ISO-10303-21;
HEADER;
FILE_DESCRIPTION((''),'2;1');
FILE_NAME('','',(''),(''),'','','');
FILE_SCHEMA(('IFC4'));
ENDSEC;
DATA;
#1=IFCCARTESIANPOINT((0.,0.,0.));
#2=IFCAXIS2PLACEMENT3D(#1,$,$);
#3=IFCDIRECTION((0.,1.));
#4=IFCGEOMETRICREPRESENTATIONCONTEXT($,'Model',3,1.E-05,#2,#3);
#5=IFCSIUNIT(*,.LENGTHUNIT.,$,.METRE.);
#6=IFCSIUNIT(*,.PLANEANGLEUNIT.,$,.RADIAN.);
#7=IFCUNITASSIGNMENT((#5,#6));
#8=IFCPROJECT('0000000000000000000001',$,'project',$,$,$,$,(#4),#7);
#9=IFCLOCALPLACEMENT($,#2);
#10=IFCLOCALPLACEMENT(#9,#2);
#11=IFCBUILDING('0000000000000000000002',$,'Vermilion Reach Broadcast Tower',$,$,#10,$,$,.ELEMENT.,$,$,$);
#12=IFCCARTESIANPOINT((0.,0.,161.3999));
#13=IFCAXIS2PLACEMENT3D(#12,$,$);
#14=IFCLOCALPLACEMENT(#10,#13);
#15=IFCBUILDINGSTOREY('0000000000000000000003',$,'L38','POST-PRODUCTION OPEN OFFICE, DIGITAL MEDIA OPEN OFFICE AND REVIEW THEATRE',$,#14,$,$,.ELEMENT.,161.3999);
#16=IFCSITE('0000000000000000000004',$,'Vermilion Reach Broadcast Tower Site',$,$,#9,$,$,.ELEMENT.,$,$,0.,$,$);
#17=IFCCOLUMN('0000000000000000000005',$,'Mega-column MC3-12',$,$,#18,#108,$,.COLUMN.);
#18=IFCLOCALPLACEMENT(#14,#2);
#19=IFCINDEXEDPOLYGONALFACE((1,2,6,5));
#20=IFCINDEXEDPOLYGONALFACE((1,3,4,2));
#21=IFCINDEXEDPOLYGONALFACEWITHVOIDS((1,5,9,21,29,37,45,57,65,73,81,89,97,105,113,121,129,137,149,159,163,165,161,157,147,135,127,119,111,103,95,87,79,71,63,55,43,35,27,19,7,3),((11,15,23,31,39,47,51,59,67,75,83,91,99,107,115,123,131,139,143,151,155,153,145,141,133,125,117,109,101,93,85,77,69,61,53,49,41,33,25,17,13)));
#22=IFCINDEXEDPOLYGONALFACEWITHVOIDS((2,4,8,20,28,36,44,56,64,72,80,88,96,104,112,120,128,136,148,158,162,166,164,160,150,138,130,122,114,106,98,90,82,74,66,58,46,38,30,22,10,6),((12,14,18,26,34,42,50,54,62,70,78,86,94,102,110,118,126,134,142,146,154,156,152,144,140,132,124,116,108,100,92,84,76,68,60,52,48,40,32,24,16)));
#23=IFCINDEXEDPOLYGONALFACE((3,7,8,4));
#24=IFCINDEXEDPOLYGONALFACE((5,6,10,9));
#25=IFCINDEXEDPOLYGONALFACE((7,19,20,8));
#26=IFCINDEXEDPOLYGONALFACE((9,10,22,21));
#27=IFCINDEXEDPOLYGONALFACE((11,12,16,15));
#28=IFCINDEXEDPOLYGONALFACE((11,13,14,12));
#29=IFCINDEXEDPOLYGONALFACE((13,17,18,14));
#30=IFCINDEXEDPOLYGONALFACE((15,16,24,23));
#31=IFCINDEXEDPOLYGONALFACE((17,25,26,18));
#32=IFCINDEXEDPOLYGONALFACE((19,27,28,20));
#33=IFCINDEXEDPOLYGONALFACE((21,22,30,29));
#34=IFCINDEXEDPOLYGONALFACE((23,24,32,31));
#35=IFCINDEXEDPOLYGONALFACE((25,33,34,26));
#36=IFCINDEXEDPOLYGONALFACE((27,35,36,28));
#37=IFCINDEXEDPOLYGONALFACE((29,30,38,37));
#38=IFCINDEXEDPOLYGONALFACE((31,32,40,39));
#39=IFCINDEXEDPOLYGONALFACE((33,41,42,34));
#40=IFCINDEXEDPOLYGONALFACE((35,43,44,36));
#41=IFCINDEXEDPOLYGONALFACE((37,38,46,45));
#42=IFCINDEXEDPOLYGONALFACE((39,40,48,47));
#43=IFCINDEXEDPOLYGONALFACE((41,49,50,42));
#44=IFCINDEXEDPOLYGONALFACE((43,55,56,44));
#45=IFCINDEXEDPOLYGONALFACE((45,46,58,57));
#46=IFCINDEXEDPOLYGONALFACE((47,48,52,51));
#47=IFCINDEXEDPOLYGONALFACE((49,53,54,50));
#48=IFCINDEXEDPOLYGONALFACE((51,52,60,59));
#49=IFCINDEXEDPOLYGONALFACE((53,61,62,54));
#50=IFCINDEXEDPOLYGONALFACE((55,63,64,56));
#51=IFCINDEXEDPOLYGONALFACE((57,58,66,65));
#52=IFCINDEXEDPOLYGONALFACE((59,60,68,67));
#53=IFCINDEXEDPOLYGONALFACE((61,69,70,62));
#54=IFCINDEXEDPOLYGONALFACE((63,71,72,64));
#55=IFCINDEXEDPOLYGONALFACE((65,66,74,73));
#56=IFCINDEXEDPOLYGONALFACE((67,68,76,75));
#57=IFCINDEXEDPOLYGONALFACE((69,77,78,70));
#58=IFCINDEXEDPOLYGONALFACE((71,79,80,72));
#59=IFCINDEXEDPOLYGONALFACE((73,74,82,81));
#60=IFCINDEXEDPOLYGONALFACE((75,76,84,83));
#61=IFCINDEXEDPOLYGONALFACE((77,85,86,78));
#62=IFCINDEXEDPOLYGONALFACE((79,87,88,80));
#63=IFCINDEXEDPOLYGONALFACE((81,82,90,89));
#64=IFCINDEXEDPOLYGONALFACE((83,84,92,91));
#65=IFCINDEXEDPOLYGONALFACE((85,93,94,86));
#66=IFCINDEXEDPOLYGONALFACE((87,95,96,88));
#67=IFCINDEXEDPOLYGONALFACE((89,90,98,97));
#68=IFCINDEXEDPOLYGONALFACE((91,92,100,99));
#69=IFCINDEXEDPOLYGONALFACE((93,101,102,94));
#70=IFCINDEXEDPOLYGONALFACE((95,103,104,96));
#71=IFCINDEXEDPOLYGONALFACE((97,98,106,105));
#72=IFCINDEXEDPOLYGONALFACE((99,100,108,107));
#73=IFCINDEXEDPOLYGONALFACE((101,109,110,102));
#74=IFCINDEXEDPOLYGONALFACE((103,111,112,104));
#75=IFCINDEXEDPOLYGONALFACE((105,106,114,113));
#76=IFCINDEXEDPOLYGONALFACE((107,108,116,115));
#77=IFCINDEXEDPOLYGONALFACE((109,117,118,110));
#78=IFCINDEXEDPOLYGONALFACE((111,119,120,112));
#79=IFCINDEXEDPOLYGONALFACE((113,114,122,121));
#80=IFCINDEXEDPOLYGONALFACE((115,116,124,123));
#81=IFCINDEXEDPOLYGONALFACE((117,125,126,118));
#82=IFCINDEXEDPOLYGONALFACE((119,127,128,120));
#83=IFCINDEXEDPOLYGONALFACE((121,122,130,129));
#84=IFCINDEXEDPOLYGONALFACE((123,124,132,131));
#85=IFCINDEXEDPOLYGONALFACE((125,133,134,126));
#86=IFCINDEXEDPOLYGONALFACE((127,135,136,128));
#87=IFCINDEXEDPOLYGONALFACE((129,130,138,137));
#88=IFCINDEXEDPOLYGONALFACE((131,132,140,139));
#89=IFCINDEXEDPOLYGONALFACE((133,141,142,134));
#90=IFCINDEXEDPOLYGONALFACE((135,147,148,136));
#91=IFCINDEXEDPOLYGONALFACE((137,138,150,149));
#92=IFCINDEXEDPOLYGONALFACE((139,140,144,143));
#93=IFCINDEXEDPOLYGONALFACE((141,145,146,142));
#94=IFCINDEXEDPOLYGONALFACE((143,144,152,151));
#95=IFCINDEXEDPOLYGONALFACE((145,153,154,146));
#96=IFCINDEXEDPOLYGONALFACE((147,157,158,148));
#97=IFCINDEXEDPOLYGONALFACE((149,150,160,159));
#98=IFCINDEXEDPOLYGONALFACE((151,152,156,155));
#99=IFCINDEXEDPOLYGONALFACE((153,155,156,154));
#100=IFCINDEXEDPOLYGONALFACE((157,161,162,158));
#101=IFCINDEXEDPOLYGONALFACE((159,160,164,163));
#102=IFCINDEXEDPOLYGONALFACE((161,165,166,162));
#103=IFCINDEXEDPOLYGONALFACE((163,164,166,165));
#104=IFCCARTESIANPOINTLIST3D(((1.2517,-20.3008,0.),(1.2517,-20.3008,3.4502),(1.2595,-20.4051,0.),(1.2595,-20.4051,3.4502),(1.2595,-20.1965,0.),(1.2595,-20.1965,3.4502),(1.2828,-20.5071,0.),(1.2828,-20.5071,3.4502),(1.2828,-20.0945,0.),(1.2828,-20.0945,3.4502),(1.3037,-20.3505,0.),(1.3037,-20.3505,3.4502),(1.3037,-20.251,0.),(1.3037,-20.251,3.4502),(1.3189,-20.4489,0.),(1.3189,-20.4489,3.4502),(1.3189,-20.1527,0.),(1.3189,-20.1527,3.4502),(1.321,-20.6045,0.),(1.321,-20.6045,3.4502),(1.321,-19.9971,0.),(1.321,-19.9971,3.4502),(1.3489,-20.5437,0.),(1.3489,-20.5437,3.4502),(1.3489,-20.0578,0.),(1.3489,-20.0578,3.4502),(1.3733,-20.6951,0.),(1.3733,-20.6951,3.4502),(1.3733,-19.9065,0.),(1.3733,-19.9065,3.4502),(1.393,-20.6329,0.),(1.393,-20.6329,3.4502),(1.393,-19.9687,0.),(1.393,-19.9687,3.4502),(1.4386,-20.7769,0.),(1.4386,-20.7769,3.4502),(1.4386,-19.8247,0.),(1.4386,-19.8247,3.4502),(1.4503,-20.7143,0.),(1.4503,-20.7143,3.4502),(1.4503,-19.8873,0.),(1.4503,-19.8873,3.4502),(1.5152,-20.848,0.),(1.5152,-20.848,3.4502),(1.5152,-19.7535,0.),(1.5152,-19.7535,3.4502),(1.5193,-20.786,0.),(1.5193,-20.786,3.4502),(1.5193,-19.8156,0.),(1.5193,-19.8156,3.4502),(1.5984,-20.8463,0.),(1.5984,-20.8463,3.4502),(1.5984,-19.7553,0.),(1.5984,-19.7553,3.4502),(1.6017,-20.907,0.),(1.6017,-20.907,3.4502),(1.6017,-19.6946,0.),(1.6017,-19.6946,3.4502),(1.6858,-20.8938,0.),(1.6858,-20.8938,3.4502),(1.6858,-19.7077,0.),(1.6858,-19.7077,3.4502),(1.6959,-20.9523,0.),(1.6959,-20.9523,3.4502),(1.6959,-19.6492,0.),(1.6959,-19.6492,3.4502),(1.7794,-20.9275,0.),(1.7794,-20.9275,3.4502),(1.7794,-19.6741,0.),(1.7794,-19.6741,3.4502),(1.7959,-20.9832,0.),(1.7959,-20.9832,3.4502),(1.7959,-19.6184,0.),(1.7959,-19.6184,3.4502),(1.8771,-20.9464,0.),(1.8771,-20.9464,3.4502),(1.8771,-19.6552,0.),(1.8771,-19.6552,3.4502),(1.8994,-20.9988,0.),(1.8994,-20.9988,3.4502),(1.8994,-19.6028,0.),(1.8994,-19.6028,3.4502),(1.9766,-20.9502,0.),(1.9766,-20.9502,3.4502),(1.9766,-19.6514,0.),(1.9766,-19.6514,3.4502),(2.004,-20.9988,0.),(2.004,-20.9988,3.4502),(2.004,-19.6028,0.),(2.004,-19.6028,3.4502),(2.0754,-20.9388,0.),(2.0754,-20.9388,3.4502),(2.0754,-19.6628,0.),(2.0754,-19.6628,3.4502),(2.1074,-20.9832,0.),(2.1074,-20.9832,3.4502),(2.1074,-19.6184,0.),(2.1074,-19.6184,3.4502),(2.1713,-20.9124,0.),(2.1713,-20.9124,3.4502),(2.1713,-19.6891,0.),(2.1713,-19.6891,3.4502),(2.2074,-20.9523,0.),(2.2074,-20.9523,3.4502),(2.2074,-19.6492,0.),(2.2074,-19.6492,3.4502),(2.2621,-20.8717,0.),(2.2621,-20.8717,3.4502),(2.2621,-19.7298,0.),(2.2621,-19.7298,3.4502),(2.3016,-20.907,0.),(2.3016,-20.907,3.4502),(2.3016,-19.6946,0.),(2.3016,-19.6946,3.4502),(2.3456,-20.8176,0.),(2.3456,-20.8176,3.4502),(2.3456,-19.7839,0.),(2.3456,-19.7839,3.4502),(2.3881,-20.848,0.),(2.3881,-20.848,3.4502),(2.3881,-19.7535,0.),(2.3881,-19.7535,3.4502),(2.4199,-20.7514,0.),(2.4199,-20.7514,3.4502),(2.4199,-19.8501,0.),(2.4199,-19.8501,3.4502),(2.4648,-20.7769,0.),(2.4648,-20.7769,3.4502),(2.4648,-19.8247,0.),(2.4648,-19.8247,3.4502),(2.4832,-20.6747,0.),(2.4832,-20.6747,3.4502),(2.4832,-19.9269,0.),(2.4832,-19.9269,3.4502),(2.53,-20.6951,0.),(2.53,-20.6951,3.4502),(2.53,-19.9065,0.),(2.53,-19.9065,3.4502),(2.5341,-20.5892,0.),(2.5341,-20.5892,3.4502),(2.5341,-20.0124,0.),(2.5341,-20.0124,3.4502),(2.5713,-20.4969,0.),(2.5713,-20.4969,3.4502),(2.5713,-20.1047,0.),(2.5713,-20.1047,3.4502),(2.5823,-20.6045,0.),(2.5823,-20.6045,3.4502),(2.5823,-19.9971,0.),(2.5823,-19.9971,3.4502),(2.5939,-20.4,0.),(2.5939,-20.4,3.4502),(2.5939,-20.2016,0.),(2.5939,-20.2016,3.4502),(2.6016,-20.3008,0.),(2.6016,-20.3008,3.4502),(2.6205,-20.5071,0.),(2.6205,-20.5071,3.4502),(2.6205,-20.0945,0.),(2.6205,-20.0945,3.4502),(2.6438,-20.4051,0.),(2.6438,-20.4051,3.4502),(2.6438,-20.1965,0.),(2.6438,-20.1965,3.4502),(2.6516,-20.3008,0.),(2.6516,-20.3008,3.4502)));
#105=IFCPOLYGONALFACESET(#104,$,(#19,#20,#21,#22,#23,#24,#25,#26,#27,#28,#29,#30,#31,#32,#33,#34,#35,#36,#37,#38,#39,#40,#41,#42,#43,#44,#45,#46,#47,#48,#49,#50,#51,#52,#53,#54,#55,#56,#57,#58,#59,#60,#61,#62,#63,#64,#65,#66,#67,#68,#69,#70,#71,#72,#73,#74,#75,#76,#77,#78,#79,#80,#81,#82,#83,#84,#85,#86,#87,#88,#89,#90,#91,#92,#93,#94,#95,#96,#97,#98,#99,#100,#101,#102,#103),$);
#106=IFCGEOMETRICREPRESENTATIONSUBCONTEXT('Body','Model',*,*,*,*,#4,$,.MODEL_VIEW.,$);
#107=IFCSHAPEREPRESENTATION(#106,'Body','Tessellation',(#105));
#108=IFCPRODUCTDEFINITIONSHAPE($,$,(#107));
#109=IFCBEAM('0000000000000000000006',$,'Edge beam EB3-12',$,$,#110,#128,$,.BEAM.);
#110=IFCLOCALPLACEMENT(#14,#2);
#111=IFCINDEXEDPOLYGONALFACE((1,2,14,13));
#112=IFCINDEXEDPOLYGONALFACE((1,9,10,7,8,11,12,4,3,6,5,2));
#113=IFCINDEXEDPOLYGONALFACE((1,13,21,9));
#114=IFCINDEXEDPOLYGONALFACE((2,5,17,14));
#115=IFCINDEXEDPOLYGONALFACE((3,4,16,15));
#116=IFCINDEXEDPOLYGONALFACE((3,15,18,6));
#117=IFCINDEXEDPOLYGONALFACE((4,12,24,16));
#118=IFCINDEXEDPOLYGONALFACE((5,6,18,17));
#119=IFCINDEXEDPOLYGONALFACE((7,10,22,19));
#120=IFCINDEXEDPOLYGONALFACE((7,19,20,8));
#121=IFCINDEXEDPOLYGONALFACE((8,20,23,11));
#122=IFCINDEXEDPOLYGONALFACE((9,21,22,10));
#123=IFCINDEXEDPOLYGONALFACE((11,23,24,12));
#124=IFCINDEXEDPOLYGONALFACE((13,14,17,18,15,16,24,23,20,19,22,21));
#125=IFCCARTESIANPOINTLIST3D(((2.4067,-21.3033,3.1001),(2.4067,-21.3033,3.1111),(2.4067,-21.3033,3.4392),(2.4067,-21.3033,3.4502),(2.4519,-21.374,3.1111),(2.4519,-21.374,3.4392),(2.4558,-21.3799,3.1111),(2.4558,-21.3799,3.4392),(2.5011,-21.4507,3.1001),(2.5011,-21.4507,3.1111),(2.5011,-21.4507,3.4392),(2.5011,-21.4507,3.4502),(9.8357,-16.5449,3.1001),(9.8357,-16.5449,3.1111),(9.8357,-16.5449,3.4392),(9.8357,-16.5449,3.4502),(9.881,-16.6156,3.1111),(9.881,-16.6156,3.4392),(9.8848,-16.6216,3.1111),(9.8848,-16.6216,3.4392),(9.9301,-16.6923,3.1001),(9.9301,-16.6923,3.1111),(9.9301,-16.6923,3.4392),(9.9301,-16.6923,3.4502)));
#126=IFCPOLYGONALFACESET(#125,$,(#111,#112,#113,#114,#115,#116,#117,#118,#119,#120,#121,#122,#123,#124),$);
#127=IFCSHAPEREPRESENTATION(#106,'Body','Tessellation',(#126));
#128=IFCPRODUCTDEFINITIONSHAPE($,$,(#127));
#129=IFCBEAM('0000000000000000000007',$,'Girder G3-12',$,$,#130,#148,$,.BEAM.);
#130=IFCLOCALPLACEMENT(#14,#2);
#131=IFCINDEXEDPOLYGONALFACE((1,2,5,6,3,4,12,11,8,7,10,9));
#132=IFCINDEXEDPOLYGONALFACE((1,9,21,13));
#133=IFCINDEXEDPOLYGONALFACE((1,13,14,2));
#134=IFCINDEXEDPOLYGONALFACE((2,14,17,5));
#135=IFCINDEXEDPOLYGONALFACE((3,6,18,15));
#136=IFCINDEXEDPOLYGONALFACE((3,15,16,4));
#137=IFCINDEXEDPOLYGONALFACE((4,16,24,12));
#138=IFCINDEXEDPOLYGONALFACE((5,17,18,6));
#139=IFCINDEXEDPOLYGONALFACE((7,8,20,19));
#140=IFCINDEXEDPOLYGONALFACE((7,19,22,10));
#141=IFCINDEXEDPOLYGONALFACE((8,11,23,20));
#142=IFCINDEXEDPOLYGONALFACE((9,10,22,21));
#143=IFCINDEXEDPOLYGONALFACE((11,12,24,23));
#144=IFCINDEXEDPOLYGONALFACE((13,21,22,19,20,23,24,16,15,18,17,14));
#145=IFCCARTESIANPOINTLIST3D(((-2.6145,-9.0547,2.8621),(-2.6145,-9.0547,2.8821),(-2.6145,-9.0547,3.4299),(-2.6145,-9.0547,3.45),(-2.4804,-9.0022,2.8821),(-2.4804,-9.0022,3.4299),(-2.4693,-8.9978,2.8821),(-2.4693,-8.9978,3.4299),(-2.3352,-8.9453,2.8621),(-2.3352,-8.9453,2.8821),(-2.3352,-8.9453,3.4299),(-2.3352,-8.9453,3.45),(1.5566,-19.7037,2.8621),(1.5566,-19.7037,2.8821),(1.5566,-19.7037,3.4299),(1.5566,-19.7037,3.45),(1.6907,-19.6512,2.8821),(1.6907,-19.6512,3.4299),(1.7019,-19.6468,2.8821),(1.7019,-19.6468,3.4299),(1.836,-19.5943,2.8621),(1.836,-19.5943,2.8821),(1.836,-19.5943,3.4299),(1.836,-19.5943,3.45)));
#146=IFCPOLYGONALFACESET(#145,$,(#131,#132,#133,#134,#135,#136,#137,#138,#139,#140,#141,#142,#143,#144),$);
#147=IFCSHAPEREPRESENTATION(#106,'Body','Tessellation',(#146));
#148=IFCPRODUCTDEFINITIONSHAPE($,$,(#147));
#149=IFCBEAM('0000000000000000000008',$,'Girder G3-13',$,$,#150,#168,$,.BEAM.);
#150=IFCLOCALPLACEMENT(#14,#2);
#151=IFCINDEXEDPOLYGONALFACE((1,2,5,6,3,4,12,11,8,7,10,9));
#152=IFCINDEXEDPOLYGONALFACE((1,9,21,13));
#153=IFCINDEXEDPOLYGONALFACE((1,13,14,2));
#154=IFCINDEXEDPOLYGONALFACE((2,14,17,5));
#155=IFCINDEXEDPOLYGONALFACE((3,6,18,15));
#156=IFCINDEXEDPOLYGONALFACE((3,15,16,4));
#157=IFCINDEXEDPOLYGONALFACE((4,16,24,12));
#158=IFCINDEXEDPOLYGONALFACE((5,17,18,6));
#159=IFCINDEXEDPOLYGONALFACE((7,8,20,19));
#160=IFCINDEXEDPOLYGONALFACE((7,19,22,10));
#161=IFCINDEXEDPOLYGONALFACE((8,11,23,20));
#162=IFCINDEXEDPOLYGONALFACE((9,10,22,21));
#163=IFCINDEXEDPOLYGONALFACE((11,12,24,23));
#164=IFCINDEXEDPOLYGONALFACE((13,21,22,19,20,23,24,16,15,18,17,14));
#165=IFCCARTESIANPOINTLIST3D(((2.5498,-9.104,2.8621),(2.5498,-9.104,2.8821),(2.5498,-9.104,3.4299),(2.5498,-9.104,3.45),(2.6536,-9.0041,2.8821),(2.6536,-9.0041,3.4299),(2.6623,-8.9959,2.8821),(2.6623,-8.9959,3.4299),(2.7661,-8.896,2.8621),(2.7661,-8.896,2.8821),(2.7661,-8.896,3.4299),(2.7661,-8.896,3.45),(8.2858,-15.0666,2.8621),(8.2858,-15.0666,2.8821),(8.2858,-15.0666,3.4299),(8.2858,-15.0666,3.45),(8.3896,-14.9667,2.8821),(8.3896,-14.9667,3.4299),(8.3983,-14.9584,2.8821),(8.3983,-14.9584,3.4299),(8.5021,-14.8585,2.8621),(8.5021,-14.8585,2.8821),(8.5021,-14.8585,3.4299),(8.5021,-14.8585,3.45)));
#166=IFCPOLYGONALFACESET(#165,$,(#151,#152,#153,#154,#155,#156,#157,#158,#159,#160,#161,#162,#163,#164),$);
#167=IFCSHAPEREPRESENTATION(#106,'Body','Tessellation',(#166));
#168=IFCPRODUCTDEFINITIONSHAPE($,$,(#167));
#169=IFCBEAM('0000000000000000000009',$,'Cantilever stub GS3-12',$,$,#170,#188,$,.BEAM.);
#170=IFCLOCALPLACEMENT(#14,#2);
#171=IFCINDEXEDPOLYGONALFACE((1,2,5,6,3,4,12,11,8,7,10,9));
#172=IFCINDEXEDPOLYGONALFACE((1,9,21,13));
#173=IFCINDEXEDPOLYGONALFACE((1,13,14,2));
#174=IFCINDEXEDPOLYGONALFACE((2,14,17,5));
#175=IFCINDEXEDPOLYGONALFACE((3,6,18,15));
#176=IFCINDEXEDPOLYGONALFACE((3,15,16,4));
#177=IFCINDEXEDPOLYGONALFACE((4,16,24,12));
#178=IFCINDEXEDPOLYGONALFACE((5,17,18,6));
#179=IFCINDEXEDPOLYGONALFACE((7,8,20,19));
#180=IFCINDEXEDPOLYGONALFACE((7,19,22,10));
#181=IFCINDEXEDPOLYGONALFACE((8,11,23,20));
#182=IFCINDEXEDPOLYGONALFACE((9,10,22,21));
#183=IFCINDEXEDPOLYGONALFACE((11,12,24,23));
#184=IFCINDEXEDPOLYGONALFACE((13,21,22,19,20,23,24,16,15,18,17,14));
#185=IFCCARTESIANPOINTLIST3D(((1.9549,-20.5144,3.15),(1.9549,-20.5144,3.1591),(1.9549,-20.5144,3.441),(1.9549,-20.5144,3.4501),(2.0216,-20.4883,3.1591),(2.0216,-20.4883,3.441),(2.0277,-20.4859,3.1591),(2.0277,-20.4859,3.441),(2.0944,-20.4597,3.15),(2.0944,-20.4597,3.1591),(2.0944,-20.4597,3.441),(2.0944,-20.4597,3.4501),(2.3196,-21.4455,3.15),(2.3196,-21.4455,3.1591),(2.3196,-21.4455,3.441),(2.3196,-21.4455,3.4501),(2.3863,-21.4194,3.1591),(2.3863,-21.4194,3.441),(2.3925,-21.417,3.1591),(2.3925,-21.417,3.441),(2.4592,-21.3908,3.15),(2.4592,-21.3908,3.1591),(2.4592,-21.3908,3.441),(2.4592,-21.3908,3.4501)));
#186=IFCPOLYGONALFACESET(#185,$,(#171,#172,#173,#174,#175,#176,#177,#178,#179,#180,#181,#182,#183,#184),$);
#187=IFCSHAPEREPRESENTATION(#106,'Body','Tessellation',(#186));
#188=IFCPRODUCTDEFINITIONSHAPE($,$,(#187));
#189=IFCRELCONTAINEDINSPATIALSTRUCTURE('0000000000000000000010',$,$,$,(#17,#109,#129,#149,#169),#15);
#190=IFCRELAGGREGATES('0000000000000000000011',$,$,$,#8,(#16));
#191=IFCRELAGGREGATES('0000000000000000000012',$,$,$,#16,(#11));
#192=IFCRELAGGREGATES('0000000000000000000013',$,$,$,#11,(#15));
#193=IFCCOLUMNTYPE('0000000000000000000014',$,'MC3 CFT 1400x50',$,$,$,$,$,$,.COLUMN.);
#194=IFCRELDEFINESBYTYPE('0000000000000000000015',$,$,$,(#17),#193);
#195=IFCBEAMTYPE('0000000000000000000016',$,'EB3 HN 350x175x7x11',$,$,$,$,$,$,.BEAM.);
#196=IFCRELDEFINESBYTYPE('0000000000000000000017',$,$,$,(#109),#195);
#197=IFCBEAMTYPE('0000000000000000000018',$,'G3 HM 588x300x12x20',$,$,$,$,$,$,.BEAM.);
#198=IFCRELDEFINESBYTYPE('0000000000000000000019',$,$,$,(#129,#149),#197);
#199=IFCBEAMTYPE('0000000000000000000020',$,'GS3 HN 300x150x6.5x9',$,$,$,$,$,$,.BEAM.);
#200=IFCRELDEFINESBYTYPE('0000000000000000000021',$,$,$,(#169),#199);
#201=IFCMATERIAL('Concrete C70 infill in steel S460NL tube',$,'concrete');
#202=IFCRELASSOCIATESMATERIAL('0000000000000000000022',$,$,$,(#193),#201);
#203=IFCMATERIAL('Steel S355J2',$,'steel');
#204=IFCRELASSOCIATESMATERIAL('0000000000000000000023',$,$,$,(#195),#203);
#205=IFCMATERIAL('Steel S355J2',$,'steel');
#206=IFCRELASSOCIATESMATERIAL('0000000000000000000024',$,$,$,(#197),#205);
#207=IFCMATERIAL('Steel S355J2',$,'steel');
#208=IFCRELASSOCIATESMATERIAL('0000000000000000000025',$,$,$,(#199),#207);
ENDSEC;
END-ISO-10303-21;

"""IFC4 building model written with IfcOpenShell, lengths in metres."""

from ifc_helpers import new_model, si_unit, direction, frame, origin, origin_2d, place, context, subcontext, project, spatial, hollow_circle, i_section, extrude, material, material_profile, profile_set, type_object, element, save


model = new_model("IFC4")

# Units and contexts
model_context = context("Model", 3, precision=1e-05, world=origin(), true_north=direction((0.0, 1.0)))
body_context = subcontext(model_context, "Body", "Model", "MODEL_VIEW")
ifc_project = project(units=[si_unit("LENGTHUNIT", "METRE"), si_unit("PLANEANGLEUNIT", "RADIAN")], contexts=[model_context])

# Site, building, storey
site_placement = place(None, origin())
site = spatial("IfcSite", under=ifc_project, at=site_placement, Name="Vermilion Reach Broadcast Tower Site", CompositionType="ELEMENT", RefElevation=0.0)
building_placement = place(site_placement, origin())
building = spatial("IfcBuilding", under=site, at=building_placement, Name="Vermilion Reach Broadcast Tower", CompositionType="ELEMENT")
storey_placement = place(building_placement, frame((0.0, 0.0, 161.3999)))
storey = spatial("IfcBuildingStorey", under=building, at=storey_placement, Name="L38", Description="POST-PRODUCTION OPEN OFFICE, DIGITAL MEDIA OPEN OFFICE AND REVIEW THEATRE", CompositionType="ELEMENT", Elevation=161.3999)

# Column
ifc_material_1 = material(Name="Concrete C70 infill in steel S460NL tube", Category="concrete")
ifc_material_profile_1 = material_profile(ifc_material_1, hollow_circle(Radius=0.7, WallThickness=0.05, at=origin_2d()), Name="Concrete C70 infill in steel S460NL tube CFT 1400x50")
ifc_profile_set_1 = profile_set([ifc_material_profile_1], Name="Concrete C70 infill in steel S460NL tube")
column_type = type_object("IfcColumnType", Name="MC3 CFT 1400x50", PredefinedType="COLUMN", material=ifc_profile_set_1)
column_placement = place(storey_placement, frame((1.9517, -20.3008, 0.0), z_axis=(0.0, 0.0, 1.0), x_axis=(1.0, 0.0, 0.0)))
element("IfcColumn", 1, at=column_placement, inside=storey, type_object=column_type, Name="Mega-column MC3-12", PredefinedType="COLUMN", context=body_context, shape_type="SweptSolid", body=[
    extrude(hollow_circle(Radius=0.7, WallThickness=0.05, at=origin_2d()), origin(), (0.0, 0.0, 1.0), 3.4502),
])

# Beams
ifc_material_2 = material(Name="Steel S355J2", Category="steel")
ifc_material_profile_2 = material_profile(ifc_material_2, i_section(OverallWidth=0.175, OverallDepth=0.3501, WebThickness=0.0071, FlangeThickness=0.011, at=origin_2d()), Name="S355J2 HN 350x175x7x11")
ifc_profile_set_2 = profile_set([ifc_material_profile_2], Name="Steel S355J2")
beam_type_1 = type_object("IfcBeamType", Name="EB3 HN 350x175x7x11", PredefinedType="BEAM", material=ifc_profile_set_2)
beam_1_placement = place(storey_placement, frame((2.4539, -21.377, 3.2751), z_axis=(0.842077, 0.539357, 0.0), x_axis=(-0.539357, 0.842077, 0.0)))
element("IfcBeam", 2, at=beam_1_placement, inside=storey, type_object=beam_type_1, Name="Edge beam EB3-12", PredefinedType="BEAM", context=body_context, shape_type="SweptSolid", body=[
    extrude(i_section(OverallWidth=0.175, OverallDepth=0.3501, WebThickness=0.0071, FlangeThickness=0.011, at=origin_2d()), origin(), (0.0, 0.0, 1.0), 8.8223),
])
ifc_material_3 = material(Name="Steel S355J2", Category="steel")
ifc_material_profile_3 = material_profile(ifc_material_3, i_section(OverallWidth=0.3, OverallDepth=0.5879, WebThickness=0.012, FlangeThickness=0.02, at=origin_2d()), Name="S355J2 HM 588x300x12x20")
ifc_profile_set_3 = profile_set([ifc_material_profile_3], Name="Steel S355J2")
beam_type_2 = type_object("IfcBeamType", Name="G3 HM 588x300x12x20", PredefinedType="BEAM", material=ifc_profile_set_3)
beam_2_placement = place(storey_placement, frame((-2.4749, -9.0, 3.156), z_axis=(0.364716, -0.931119, 0.0), x_axis=(0.931119, 0.364716, 0.0)))
element("IfcBeam", 3, at=beam_2_placement, inside=storey, type_object=beam_type_2, Name="Girder G3-12", PredefinedType="BEAM", context=body_context, shape_type="SweptSolid", body=[
    extrude(i_section(OverallWidth=0.3, OverallDepth=0.5879, WebThickness=0.012, FlangeThickness=0.02, at=origin_2d()), origin(), (0.0, 0.0, 1.0), 11.4368),
])
beam_3_placement = place(storey_placement, frame((2.658, -9.0, 3.156), z_axis=(0.693283, -0.720666, 0.0), x_axis=(0.720666, 0.693283, 0.0)))
element("IfcBeam", 4, at=beam_3_placement, inside=storey, type_object=beam_type_2, Name="Girder G3-13", PredefinedType="BEAM", context=body_context, shape_type="SweptSolid", body=[
    extrude(i_section(OverallWidth=0.3, OverallDepth=0.5879, WebThickness=0.012, FlangeThickness=0.02, at=origin_2d()), origin(), (0.0, 0.0, 1.0), 8.2737),
])
ifc_material_4 = material(Name="Steel S355J2", Category="steel")
ifc_material_profile_4 = material_profile(ifc_material_4, i_section(OverallWidth=0.1499, OverallDepth=0.3, WebThickness=0.0066, FlangeThickness=0.009, at=origin_2d()), Name="S355J2 HN 300x150x6.5x9")
ifc_profile_set_4 = profile_set([ifc_material_profile_4], Name="Steel S355J2")
beam_type_3 = type_object("IfcBeamType", Name="GS3 HN 300x150x6.5x9", PredefinedType="BEAM", material=ifc_profile_set_4)
beam_4_placement = place(storey_placement, frame((2.0247, -20.4871, 3.3), z_axis=(0.364731, -0.931113, 0.0), x_axis=(0.931113, 0.364731, 0.0)))
element("IfcBeam", 5, at=beam_4_placement, inside=storey, type_object=beam_type_3, Name="Cantilever stub GS3-12", PredefinedType="BEAM", context=body_context, shape_type="SweptSolid", body=[
    extrude(i_section(OverallWidth=0.1499, OverallDepth=0.3, WebThickness=0.0066, FlangeThickness=0.009, at=origin_2d()), origin(), (0.0, 0.0, 1.0), 1.0),
])

save(model, "model.ifc")
